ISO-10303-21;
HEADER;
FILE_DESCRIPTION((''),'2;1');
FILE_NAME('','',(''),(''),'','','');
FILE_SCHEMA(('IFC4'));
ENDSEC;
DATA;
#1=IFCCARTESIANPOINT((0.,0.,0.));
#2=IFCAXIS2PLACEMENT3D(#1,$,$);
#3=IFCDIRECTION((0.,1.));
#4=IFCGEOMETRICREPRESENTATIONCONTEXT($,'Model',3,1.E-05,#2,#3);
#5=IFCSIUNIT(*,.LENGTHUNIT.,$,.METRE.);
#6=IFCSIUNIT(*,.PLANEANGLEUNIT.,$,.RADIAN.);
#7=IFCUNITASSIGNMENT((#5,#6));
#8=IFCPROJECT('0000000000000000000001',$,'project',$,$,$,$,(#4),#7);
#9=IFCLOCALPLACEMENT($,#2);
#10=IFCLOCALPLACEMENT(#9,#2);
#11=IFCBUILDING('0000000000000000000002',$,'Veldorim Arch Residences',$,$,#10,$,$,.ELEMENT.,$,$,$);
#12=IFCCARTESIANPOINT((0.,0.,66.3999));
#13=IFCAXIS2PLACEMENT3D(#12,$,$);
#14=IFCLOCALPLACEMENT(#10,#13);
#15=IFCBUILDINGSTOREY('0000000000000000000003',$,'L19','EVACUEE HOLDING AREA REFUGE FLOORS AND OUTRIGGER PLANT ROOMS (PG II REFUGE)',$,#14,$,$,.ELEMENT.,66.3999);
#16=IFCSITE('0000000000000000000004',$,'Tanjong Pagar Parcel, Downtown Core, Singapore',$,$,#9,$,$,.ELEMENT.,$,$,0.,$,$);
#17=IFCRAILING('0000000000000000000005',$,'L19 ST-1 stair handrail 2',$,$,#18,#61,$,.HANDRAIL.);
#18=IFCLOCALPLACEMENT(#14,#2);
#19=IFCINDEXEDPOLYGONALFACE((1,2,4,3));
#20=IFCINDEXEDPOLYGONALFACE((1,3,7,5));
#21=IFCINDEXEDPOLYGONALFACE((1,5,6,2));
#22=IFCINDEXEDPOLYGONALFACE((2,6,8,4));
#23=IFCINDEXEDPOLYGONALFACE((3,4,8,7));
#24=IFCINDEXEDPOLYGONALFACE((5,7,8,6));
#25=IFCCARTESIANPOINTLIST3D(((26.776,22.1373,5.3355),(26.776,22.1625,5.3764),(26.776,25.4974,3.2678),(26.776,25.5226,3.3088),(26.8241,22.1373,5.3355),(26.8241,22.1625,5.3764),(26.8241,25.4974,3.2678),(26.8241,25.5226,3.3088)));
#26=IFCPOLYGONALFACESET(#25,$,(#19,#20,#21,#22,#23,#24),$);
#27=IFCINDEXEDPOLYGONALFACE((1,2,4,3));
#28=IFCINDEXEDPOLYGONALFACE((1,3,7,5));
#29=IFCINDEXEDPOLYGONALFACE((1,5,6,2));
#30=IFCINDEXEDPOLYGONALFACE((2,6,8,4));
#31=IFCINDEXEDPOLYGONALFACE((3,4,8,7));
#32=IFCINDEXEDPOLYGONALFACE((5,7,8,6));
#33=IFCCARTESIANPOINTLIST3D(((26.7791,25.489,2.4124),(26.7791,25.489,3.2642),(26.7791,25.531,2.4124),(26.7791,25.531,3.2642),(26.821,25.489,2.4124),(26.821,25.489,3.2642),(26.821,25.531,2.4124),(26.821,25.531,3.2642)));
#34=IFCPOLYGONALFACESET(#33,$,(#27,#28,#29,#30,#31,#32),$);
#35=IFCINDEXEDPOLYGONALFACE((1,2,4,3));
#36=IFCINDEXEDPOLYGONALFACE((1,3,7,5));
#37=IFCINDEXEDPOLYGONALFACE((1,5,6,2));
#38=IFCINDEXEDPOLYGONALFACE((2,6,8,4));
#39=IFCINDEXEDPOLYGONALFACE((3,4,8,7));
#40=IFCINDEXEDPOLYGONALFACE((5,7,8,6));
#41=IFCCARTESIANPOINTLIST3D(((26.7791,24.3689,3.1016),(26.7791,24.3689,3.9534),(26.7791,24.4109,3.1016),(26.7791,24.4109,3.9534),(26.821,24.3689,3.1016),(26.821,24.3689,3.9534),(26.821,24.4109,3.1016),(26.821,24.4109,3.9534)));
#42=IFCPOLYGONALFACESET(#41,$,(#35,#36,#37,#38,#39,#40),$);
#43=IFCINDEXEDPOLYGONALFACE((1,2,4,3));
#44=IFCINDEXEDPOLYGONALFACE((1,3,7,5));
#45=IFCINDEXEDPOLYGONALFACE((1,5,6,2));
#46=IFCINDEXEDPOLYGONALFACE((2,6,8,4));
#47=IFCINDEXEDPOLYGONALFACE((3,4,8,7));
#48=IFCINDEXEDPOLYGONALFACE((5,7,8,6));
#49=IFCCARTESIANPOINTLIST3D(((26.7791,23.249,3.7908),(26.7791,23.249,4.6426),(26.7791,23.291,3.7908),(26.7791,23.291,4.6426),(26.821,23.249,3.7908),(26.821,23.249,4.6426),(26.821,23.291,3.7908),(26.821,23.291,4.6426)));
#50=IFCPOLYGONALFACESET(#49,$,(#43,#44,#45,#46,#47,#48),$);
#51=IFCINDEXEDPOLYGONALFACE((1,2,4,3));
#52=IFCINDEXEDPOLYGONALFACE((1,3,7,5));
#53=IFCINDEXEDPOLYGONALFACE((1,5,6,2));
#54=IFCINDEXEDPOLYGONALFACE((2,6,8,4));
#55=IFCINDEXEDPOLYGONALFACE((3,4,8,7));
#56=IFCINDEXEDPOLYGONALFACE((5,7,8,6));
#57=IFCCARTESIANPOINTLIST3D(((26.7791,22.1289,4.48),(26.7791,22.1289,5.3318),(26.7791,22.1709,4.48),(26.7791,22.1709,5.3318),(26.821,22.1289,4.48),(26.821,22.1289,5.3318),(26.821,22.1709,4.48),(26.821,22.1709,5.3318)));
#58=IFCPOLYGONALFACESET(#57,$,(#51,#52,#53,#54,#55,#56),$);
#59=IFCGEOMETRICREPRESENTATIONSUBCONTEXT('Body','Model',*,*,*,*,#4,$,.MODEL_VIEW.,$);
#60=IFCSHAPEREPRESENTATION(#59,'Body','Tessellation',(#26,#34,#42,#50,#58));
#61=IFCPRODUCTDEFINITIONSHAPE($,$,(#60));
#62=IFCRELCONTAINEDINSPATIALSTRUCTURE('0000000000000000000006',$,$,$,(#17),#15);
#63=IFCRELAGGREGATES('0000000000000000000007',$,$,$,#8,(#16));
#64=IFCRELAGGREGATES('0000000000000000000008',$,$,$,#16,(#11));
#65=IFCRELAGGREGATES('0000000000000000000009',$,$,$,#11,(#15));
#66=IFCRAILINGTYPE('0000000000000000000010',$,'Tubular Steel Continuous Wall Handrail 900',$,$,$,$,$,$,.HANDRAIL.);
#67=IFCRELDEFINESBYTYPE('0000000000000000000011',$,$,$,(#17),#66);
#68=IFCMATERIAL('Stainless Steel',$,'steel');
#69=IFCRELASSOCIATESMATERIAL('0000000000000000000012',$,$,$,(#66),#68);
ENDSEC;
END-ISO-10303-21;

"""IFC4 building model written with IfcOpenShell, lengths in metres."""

from ifc_helpers import new_model, si_unit, direction, frame, origin, origin_2d, place, context, subcontext, project, spatial, rectangle, extrude, material, type_object, element, save


model = new_model("IFC4")

# Units and contexts
model_context = context("Model", 3, precision=1e-05, world=origin(), true_north=direction((0.0, 1.0)))
body_context = subcontext(model_context, "Body", "Model", "MODEL_VIEW")
ifc_project = project(units=[si_unit("LENGTHUNIT", "METRE"), si_unit("PLANEANGLEUNIT", "RADIAN")], contexts=[model_context])

# Site, building, storey
site_placement = place(None, origin())
site = spatial("IfcSite", under=ifc_project, at=site_placement, Name="Tanjong Pagar Parcel, Downtown Core, Singapore", CompositionType="ELEMENT", RefElevation=0.0)
building_placement = place(site_placement, origin())
building = spatial("IfcBuilding", under=site, at=building_placement, Name="Veldorim Arch Residences", CompositionType="ELEMENT")
storey_placement = place(building_placement, frame((0.0, 0.0, 66.3999)))
storey = spatial("IfcBuildingStorey", under=building, at=storey_placement, Name="L19", Description="EVACUEE HOLDING AREA REFUGE FLOORS AND OUTRIGGER PLANT ROOMS (PG II REFUGE)", CompositionType="ELEMENT", Elevation=66.3999)

# Railing
ifc_material_1 = material(Name="Stainless Steel", Category="steel")
railing_type_1 = type_object("IfcRailingType", Name="Tubular Steel Continuous Wall Handrail 900", PredefinedType="HANDRAIL", material=ifc_material_1)
railing_1_placement = place(storey_placement, frame((26.8, 25.51, 2.4124)))
element("IfcRailing", 1, at=railing_1_placement, inside=storey, type_object=railing_type_1, Name="L19 ST-1 stair handrail 2", PredefinedType="HANDRAIL", context=body_context, shape_type="SweptSolid", body=[
    extrude(rectangle(XDim=0.0481, YDim=0.0481, at=origin_2d()), frame((0.0, 0.0, 0.876), z_axis=(0.0, -0.851673, 0.524073), x_axis=(1.0, 0.0, 0.0)), (0.0, 0.0, 1.0), 3.9453),
    extrude(rectangle(XDim=0.042, YDim=0.042, at=origin_2d()), origin(), (0.0, 0.0, 1.0), 0.8518),
    extrude(rectangle(XDim=0.042, YDim=0.042, at=origin_2d()), frame((0.0, -1.1201, 0.6892)), (0.0, 0.0, 1.0), 0.8518),
    extrude(rectangle(XDim=0.042, YDim=0.042, at=origin_2d()), frame((0.0, -2.24, 1.3784)), (0.0, 0.0, 1.0), 0.8518),
    extrude(rectangle(XDim=0.042, YDim=0.042, at=origin_2d()), frame((0.0, -3.3601, 2.0676)), (0.0, 0.0, 1.0), 0.8518),
])

save(model, "model.ifc")
